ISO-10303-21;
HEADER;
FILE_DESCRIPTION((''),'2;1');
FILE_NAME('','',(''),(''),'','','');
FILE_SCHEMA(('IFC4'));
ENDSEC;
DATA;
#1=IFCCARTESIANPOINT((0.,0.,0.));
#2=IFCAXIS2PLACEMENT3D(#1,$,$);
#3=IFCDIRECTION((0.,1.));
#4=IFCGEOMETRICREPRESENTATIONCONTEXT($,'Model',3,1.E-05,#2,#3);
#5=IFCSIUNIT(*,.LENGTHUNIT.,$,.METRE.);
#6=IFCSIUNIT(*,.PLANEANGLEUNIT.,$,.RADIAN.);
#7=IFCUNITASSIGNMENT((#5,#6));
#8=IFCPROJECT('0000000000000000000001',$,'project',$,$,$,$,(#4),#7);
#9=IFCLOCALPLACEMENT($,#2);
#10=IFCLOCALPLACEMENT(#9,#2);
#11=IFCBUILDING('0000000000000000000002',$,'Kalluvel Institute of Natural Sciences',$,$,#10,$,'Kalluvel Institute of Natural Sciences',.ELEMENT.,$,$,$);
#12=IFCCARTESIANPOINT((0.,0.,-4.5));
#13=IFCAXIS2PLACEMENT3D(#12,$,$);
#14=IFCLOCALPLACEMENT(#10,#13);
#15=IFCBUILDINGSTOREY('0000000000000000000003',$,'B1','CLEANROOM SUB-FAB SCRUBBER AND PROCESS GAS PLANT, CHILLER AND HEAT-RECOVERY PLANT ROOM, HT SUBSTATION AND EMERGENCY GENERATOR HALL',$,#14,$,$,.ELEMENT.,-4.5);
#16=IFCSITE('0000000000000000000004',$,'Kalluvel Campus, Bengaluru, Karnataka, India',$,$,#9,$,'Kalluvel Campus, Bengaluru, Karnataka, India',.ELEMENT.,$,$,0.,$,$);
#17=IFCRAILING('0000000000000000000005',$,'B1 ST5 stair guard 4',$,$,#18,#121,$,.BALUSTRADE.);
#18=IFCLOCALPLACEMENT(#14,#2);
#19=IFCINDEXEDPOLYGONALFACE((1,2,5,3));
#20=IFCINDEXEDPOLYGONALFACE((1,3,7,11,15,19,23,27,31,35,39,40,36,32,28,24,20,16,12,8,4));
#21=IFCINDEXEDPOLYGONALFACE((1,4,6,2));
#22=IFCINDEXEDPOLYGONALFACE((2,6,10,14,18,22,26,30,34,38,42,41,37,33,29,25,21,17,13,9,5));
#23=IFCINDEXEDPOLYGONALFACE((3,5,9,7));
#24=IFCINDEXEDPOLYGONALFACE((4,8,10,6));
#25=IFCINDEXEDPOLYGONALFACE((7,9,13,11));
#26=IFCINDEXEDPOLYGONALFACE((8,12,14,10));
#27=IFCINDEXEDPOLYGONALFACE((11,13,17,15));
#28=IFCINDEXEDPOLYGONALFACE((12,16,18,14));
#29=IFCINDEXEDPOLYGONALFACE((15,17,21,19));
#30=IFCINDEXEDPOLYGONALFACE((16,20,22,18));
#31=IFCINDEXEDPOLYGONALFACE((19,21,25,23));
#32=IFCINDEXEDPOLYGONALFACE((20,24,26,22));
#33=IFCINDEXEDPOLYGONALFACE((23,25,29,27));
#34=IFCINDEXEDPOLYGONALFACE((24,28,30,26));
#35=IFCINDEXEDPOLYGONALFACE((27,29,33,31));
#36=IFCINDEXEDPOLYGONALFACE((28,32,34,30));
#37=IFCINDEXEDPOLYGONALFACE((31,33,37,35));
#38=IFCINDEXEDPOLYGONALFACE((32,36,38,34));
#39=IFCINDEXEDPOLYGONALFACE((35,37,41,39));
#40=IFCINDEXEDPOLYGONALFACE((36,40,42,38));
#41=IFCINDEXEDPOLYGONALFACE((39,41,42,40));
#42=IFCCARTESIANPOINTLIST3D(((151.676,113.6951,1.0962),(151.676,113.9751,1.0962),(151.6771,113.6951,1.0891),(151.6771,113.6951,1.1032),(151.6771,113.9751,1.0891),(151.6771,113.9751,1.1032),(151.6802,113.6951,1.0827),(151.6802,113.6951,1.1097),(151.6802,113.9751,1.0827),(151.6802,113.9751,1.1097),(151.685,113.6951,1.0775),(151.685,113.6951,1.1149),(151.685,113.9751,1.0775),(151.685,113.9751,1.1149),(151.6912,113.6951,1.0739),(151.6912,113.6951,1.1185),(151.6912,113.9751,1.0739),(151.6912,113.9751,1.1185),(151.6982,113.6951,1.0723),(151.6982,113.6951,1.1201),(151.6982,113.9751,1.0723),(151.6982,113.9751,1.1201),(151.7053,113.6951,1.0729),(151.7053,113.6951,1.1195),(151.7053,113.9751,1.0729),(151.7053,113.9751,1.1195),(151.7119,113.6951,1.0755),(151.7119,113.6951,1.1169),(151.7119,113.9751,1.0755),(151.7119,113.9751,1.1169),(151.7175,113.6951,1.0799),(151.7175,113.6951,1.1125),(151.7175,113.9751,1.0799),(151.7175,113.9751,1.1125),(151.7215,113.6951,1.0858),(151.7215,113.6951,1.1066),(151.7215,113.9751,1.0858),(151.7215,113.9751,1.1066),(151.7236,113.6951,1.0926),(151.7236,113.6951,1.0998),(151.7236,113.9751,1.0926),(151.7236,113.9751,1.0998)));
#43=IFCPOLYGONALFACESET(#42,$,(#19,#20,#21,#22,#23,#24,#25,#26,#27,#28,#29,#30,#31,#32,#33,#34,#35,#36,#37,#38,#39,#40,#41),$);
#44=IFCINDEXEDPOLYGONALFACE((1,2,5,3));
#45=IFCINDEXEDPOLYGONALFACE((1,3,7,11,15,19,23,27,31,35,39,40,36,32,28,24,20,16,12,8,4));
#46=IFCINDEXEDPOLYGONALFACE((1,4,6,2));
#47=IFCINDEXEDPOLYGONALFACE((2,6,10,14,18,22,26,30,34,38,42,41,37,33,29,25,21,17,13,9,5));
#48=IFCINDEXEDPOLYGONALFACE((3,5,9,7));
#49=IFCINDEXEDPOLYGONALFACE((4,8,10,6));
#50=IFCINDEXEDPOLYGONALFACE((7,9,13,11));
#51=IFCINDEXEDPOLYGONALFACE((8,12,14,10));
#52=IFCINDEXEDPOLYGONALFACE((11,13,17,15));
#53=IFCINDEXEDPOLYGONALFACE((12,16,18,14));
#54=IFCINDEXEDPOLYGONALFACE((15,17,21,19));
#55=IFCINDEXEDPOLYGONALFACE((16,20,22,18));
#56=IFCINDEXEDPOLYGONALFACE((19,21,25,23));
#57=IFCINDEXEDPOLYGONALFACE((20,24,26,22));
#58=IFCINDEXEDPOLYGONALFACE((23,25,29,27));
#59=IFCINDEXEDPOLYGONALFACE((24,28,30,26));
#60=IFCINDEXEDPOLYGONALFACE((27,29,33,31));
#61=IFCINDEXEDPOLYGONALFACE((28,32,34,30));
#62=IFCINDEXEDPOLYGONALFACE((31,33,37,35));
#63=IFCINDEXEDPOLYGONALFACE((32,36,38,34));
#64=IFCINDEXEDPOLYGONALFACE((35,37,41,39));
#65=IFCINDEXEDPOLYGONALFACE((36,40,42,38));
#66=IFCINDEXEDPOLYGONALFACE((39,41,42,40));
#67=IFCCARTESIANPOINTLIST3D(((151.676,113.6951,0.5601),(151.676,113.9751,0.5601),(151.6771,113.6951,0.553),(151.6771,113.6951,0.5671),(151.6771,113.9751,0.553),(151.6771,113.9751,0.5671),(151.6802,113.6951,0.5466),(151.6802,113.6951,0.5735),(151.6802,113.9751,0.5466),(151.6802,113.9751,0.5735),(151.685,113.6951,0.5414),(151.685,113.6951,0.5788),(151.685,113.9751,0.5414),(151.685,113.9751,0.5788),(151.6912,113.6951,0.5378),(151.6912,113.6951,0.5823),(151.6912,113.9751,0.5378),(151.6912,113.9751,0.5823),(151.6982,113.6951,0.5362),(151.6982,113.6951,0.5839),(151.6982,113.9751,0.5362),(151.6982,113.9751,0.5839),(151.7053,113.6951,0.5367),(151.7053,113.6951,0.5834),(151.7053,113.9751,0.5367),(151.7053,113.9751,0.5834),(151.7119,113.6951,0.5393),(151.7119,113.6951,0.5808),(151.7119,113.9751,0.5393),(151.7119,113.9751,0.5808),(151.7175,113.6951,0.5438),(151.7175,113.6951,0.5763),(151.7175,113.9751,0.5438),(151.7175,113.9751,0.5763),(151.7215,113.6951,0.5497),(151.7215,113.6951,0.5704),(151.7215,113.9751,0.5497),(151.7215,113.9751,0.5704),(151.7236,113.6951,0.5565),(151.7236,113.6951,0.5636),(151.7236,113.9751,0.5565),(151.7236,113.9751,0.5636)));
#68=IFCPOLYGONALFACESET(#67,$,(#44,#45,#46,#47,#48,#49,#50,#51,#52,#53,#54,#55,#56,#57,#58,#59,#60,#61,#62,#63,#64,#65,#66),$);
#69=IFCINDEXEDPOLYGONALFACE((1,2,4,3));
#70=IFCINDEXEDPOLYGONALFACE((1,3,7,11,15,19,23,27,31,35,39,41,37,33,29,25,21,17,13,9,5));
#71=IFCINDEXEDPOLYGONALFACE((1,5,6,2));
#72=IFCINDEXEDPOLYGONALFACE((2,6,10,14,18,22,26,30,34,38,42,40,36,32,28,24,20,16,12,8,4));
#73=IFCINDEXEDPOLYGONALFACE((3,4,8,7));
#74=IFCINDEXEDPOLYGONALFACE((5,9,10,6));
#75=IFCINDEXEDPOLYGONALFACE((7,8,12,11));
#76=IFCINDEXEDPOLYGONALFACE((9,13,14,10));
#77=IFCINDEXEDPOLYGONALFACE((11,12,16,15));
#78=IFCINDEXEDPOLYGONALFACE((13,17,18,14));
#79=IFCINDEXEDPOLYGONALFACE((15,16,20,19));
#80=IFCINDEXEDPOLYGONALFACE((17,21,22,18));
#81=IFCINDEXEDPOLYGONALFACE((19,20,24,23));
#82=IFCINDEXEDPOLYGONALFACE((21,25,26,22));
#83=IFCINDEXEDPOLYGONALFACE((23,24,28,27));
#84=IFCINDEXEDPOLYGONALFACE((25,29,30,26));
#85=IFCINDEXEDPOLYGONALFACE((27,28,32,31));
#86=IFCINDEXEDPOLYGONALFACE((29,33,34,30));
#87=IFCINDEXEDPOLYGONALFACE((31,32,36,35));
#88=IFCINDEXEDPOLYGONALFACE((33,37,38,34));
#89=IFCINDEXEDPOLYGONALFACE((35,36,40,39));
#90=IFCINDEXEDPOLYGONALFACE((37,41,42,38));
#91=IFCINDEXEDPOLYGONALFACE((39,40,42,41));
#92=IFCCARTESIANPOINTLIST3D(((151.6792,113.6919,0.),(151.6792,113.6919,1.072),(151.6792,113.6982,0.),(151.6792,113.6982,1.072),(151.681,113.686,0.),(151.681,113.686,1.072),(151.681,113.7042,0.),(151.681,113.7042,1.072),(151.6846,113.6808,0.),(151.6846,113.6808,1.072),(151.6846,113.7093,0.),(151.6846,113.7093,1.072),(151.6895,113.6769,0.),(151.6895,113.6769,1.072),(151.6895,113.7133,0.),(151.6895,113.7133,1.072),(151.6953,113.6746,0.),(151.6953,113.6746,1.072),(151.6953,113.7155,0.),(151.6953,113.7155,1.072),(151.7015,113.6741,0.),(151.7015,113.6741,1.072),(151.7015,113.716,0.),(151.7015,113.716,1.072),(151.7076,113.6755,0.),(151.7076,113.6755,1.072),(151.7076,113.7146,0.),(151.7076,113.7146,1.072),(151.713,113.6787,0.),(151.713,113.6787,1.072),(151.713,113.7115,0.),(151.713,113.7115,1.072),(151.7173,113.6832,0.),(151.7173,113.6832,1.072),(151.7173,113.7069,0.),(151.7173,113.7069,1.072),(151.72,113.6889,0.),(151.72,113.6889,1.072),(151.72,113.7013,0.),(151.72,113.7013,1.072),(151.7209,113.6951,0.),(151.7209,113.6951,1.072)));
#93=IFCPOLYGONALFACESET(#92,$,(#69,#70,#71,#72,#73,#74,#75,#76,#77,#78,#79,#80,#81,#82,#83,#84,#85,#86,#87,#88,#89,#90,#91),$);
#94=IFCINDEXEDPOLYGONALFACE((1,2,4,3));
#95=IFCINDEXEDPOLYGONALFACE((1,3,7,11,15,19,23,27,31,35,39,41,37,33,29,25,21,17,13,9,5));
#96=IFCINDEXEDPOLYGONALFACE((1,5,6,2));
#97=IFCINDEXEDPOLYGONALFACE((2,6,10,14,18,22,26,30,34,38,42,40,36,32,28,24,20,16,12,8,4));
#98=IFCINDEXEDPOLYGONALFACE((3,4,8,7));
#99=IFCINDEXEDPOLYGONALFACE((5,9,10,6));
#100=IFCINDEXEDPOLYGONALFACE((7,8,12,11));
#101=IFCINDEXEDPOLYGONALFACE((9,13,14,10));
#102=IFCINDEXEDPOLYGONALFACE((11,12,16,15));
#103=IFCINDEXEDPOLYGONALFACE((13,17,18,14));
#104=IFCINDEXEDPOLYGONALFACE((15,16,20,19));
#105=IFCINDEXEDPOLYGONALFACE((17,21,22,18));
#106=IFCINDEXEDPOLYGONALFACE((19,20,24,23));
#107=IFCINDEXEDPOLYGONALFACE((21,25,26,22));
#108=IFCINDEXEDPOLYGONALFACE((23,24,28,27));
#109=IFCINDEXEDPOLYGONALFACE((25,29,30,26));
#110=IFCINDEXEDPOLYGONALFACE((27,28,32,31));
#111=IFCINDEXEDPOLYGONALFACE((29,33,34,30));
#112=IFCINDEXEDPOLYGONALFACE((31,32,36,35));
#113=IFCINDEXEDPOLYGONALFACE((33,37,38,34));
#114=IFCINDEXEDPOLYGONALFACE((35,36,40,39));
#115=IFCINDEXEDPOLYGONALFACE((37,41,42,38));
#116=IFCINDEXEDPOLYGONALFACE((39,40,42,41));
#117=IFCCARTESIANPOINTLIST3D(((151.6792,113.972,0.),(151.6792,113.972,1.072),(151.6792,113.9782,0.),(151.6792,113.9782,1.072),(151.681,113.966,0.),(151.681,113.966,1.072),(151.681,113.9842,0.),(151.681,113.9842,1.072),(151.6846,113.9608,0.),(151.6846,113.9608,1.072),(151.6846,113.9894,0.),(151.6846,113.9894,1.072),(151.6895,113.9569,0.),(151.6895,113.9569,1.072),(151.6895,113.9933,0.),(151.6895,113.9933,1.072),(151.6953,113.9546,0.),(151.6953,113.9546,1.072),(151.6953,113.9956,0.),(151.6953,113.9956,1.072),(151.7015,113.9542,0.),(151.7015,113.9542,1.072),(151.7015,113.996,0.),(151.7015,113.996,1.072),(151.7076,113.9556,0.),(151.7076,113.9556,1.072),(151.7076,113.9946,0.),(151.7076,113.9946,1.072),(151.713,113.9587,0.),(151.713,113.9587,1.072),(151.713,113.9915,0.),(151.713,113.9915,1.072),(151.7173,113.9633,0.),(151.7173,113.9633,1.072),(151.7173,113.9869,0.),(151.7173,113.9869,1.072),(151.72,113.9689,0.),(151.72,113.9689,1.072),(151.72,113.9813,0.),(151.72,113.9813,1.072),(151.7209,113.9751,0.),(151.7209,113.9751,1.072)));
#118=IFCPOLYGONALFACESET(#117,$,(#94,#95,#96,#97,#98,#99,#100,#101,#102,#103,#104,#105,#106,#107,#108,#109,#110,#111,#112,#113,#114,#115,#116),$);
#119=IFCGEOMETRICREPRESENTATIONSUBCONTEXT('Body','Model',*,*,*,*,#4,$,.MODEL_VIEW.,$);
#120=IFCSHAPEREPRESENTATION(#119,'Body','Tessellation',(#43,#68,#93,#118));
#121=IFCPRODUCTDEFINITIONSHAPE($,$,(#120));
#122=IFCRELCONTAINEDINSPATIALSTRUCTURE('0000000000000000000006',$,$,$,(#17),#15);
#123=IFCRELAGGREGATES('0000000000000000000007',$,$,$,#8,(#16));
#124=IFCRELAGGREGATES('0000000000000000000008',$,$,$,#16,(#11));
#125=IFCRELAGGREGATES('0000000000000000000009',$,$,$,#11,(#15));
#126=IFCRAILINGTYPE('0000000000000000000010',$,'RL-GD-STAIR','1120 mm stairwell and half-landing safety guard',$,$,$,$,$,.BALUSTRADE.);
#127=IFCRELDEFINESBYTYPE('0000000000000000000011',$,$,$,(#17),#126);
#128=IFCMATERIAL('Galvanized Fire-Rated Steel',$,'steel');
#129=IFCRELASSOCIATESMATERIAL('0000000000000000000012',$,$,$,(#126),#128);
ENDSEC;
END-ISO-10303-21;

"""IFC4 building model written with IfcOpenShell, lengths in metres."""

from ifc_helpers import new_model, si_unit, direction, frame, origin, origin_2d, place, context, subcontext, project, spatial, circle, extrude, material, type_object, element, save


model = new_model("IFC4")

# Units and contexts
model_context = context("Model", 3, precision=1e-05, world=origin(), true_north=direction((0.0, 1.0)))
body_context = subcontext(model_context, "Body", "Model", "MODEL_VIEW")
ifc_project = project(units=[si_unit("LENGTHUNIT", "METRE"), si_unit("PLANEANGLEUNIT", "RADIAN")], contexts=[model_context])

# Site, building, storey
site_placement = place(None, origin())
site = spatial("IfcSite", under=ifc_project, at=site_placement, Name="Kalluvel Campus, Bengaluru, Karnataka, India", LongName="Kalluvel Campus, Bengaluru, Karnataka, India", CompositionType="ELEMENT", RefElevation=0.0)
building_placement = place(site_placement, origin())
building = spatial("IfcBuilding", under=site, at=building_placement, Name="Kalluvel Institute of Natural Sciences", LongName="Kalluvel Institute of Natural Sciences", CompositionType="ELEMENT")
storey_placement = place(building_placement, frame((0.0, 0.0, -4.5)))
storey = spatial("IfcBuildingStorey", under=building, at=storey_placement, Name="B1", Description="CLEANROOM SUB-FAB SCRUBBER AND PROCESS GAS PLANT, CHILLER AND HEAT-RECOVERY PLANT ROOM, HT SUBSTATION AND EMERGENCY GENERATOR HALL", CompositionType="ELEMENT", Elevation=-4.5)

# Shared definitions
ifc_material_1 = material(Name="Galvanized Fire-Rated Steel", Category="steel")

# Railing
railing_type_1 = type_object("IfcRailingType", Name="RL-GD-STAIR", Description="1120 mm stairwell and half-landing safety guard", PredefinedType="BALUSTRADE", material=ifc_material_1)
railing_1_placement = place(storey_placement, frame((151.7, 113.6951, 0.0)))
element("IfcRailing", 1, at=railing_1_placement, inside=storey, type_object=railing_type_1, Name="B1 ST5 stair guard 4", PredefinedType="BALUSTRADE", context=body_context, shape_type="SweptSolid", body=[
    extrude(circle(Radius=0.0239, at=origin_2d()), frame((0.0, 0.0, 1.0962), z_axis=(0.0, 1.0, 0.0), x_axis=(-1.0, 0.0, 0.0)), (0.0, 0.0, 1.0), 0.28),
    extrude(circle(Radius=0.0239, at=origin_2d()), frame((0.0, 0.0, 0.5601), z_axis=(0.0, 1.0, 0.0), x_axis=(-1.0, 0.0, 0.0)), (0.0, 0.0, 1.0), 0.28),
    extrude(circle(Radius=0.021, at=origin_2d()), origin(), (0.0, 0.0, 1.0), 1.072),
    extrude(circle(Radius=0.021, at=origin_2d()), frame((0.0, 0.28, 0.0)), (0.0, 0.0, 1.0), 1.072),
])

save(model, "model.ifc")
